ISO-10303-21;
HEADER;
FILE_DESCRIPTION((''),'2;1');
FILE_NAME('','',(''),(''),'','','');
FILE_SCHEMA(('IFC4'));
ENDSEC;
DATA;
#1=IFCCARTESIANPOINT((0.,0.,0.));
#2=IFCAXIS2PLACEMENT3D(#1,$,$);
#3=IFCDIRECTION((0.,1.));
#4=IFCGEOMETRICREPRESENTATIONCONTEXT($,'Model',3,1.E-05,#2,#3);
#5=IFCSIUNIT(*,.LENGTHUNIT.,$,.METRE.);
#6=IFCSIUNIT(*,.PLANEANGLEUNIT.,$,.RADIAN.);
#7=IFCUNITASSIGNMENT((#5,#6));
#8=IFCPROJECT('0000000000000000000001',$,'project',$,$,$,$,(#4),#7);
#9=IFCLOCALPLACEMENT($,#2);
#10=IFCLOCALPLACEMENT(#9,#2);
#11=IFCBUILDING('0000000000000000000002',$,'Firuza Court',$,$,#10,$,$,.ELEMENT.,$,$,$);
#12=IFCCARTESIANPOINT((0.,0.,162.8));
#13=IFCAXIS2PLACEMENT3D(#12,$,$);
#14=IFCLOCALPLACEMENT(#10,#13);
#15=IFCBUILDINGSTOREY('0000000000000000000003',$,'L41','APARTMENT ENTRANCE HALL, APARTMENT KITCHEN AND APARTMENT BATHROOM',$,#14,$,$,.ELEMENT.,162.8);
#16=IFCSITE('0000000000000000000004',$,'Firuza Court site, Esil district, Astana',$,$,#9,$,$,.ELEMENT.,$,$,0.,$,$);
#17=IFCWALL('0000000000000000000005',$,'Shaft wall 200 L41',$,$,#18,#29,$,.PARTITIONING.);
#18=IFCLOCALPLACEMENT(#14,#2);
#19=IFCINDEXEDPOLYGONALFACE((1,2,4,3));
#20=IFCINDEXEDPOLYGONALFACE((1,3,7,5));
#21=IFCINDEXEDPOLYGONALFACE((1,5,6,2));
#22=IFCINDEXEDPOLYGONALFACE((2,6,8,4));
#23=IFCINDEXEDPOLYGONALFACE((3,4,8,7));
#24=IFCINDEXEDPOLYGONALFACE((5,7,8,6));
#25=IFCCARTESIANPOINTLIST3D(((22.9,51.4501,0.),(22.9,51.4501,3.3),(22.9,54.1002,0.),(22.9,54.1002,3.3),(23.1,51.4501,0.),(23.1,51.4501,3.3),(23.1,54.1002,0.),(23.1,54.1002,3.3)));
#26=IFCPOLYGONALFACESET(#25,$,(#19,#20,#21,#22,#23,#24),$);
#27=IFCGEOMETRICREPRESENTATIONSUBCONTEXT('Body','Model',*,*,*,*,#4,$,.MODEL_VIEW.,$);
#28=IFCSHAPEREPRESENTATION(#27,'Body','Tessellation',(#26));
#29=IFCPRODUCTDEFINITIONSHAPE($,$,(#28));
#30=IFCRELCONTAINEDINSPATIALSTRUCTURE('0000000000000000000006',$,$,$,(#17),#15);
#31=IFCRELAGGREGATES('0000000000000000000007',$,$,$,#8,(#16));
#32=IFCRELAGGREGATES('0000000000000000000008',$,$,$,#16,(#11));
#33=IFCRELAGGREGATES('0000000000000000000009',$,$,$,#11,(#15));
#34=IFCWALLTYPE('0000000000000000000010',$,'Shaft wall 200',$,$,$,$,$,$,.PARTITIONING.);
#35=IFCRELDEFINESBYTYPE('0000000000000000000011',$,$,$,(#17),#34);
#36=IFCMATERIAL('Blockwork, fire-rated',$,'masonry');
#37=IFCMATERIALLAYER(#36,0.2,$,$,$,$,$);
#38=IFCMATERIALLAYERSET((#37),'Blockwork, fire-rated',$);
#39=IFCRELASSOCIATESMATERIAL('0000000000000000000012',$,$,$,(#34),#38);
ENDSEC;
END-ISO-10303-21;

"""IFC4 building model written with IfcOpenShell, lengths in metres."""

from ifc_helpers import new_model, si_unit, direction, frame, frame_2d, origin, place, context, subcontext, project, spatial, rectangle, extrude, material, layer, layer_set, type_object, element, save


model = new_model("IFC4")

# Units and contexts
model_context = context("Model", 3, precision=1e-05, world=origin(), true_north=direction((0.0, 1.0)))
body_context = subcontext(model_context, "Body", "Model", "MODEL_VIEW")
ifc_project = project(units=[si_unit("LENGTHUNIT", "METRE"), si_unit("PLANEANGLEUNIT", "RADIAN")], contexts=[model_context])

# Site, building, storey
site_placement = place(None, origin())
site = spatial("IfcSite", under=ifc_project, at=site_placement, Name="Firuza Court site, Esil district, Astana", CompositionType="ELEMENT", RefElevation=0.0)
building_placement = place(site_placement, origin())
building = spatial("IfcBuilding", under=site, at=building_placement, Name="Firuza Court", CompositionType="ELEMENT")
storey_placement = place(building_placement, frame((0.0, 0.0, 162.8)))
storey = spatial("IfcBuildingStorey", under=building, at=storey_placement, Name="L41", Description="APARTMENT ENTRANCE HALL, APARTMENT KITCHEN AND APARTMENT BATHROOM", CompositionType="ELEMENT", Elevation=162.8)

# Shared definitions
ifc_material_1 = material(Name="Blockwork, fire-rated", Category="masonry")

# Shared definitions
ifc_layer_1 = layer(ifc_material_1, 0.2)
ifc_layer_set_1 = layer_set([ifc_layer_1], Name="Blockwork, fire-rated")
wall_type_1 = type_object("IfcWallType", Name="Shaft wall 200", PredefinedType="PARTITIONING", material=ifc_layer_set_1)

# Wall
wall_1_placement = place(storey_placement, frame((23.0, 51.45, 0.0), z_axis=(0.0, 0.0, 1.0), x_axis=(0.0, 1.0, 0.0)))
element("IfcWall", 1, at=wall_1_placement, inside=storey, type_object=wall_type_1, Name="Shaft wall 200 L41", PredefinedType="PARTITIONING", context=body_context, shape_type="SweptSolid", body=[
    extrude(rectangle(XDim=2.6501, YDim=0.2, at=frame_2d((1.3252, 0.0))), origin(), (0.0, 0.0, 1.0), 3.3),
])

save(model, "model.ifc")
